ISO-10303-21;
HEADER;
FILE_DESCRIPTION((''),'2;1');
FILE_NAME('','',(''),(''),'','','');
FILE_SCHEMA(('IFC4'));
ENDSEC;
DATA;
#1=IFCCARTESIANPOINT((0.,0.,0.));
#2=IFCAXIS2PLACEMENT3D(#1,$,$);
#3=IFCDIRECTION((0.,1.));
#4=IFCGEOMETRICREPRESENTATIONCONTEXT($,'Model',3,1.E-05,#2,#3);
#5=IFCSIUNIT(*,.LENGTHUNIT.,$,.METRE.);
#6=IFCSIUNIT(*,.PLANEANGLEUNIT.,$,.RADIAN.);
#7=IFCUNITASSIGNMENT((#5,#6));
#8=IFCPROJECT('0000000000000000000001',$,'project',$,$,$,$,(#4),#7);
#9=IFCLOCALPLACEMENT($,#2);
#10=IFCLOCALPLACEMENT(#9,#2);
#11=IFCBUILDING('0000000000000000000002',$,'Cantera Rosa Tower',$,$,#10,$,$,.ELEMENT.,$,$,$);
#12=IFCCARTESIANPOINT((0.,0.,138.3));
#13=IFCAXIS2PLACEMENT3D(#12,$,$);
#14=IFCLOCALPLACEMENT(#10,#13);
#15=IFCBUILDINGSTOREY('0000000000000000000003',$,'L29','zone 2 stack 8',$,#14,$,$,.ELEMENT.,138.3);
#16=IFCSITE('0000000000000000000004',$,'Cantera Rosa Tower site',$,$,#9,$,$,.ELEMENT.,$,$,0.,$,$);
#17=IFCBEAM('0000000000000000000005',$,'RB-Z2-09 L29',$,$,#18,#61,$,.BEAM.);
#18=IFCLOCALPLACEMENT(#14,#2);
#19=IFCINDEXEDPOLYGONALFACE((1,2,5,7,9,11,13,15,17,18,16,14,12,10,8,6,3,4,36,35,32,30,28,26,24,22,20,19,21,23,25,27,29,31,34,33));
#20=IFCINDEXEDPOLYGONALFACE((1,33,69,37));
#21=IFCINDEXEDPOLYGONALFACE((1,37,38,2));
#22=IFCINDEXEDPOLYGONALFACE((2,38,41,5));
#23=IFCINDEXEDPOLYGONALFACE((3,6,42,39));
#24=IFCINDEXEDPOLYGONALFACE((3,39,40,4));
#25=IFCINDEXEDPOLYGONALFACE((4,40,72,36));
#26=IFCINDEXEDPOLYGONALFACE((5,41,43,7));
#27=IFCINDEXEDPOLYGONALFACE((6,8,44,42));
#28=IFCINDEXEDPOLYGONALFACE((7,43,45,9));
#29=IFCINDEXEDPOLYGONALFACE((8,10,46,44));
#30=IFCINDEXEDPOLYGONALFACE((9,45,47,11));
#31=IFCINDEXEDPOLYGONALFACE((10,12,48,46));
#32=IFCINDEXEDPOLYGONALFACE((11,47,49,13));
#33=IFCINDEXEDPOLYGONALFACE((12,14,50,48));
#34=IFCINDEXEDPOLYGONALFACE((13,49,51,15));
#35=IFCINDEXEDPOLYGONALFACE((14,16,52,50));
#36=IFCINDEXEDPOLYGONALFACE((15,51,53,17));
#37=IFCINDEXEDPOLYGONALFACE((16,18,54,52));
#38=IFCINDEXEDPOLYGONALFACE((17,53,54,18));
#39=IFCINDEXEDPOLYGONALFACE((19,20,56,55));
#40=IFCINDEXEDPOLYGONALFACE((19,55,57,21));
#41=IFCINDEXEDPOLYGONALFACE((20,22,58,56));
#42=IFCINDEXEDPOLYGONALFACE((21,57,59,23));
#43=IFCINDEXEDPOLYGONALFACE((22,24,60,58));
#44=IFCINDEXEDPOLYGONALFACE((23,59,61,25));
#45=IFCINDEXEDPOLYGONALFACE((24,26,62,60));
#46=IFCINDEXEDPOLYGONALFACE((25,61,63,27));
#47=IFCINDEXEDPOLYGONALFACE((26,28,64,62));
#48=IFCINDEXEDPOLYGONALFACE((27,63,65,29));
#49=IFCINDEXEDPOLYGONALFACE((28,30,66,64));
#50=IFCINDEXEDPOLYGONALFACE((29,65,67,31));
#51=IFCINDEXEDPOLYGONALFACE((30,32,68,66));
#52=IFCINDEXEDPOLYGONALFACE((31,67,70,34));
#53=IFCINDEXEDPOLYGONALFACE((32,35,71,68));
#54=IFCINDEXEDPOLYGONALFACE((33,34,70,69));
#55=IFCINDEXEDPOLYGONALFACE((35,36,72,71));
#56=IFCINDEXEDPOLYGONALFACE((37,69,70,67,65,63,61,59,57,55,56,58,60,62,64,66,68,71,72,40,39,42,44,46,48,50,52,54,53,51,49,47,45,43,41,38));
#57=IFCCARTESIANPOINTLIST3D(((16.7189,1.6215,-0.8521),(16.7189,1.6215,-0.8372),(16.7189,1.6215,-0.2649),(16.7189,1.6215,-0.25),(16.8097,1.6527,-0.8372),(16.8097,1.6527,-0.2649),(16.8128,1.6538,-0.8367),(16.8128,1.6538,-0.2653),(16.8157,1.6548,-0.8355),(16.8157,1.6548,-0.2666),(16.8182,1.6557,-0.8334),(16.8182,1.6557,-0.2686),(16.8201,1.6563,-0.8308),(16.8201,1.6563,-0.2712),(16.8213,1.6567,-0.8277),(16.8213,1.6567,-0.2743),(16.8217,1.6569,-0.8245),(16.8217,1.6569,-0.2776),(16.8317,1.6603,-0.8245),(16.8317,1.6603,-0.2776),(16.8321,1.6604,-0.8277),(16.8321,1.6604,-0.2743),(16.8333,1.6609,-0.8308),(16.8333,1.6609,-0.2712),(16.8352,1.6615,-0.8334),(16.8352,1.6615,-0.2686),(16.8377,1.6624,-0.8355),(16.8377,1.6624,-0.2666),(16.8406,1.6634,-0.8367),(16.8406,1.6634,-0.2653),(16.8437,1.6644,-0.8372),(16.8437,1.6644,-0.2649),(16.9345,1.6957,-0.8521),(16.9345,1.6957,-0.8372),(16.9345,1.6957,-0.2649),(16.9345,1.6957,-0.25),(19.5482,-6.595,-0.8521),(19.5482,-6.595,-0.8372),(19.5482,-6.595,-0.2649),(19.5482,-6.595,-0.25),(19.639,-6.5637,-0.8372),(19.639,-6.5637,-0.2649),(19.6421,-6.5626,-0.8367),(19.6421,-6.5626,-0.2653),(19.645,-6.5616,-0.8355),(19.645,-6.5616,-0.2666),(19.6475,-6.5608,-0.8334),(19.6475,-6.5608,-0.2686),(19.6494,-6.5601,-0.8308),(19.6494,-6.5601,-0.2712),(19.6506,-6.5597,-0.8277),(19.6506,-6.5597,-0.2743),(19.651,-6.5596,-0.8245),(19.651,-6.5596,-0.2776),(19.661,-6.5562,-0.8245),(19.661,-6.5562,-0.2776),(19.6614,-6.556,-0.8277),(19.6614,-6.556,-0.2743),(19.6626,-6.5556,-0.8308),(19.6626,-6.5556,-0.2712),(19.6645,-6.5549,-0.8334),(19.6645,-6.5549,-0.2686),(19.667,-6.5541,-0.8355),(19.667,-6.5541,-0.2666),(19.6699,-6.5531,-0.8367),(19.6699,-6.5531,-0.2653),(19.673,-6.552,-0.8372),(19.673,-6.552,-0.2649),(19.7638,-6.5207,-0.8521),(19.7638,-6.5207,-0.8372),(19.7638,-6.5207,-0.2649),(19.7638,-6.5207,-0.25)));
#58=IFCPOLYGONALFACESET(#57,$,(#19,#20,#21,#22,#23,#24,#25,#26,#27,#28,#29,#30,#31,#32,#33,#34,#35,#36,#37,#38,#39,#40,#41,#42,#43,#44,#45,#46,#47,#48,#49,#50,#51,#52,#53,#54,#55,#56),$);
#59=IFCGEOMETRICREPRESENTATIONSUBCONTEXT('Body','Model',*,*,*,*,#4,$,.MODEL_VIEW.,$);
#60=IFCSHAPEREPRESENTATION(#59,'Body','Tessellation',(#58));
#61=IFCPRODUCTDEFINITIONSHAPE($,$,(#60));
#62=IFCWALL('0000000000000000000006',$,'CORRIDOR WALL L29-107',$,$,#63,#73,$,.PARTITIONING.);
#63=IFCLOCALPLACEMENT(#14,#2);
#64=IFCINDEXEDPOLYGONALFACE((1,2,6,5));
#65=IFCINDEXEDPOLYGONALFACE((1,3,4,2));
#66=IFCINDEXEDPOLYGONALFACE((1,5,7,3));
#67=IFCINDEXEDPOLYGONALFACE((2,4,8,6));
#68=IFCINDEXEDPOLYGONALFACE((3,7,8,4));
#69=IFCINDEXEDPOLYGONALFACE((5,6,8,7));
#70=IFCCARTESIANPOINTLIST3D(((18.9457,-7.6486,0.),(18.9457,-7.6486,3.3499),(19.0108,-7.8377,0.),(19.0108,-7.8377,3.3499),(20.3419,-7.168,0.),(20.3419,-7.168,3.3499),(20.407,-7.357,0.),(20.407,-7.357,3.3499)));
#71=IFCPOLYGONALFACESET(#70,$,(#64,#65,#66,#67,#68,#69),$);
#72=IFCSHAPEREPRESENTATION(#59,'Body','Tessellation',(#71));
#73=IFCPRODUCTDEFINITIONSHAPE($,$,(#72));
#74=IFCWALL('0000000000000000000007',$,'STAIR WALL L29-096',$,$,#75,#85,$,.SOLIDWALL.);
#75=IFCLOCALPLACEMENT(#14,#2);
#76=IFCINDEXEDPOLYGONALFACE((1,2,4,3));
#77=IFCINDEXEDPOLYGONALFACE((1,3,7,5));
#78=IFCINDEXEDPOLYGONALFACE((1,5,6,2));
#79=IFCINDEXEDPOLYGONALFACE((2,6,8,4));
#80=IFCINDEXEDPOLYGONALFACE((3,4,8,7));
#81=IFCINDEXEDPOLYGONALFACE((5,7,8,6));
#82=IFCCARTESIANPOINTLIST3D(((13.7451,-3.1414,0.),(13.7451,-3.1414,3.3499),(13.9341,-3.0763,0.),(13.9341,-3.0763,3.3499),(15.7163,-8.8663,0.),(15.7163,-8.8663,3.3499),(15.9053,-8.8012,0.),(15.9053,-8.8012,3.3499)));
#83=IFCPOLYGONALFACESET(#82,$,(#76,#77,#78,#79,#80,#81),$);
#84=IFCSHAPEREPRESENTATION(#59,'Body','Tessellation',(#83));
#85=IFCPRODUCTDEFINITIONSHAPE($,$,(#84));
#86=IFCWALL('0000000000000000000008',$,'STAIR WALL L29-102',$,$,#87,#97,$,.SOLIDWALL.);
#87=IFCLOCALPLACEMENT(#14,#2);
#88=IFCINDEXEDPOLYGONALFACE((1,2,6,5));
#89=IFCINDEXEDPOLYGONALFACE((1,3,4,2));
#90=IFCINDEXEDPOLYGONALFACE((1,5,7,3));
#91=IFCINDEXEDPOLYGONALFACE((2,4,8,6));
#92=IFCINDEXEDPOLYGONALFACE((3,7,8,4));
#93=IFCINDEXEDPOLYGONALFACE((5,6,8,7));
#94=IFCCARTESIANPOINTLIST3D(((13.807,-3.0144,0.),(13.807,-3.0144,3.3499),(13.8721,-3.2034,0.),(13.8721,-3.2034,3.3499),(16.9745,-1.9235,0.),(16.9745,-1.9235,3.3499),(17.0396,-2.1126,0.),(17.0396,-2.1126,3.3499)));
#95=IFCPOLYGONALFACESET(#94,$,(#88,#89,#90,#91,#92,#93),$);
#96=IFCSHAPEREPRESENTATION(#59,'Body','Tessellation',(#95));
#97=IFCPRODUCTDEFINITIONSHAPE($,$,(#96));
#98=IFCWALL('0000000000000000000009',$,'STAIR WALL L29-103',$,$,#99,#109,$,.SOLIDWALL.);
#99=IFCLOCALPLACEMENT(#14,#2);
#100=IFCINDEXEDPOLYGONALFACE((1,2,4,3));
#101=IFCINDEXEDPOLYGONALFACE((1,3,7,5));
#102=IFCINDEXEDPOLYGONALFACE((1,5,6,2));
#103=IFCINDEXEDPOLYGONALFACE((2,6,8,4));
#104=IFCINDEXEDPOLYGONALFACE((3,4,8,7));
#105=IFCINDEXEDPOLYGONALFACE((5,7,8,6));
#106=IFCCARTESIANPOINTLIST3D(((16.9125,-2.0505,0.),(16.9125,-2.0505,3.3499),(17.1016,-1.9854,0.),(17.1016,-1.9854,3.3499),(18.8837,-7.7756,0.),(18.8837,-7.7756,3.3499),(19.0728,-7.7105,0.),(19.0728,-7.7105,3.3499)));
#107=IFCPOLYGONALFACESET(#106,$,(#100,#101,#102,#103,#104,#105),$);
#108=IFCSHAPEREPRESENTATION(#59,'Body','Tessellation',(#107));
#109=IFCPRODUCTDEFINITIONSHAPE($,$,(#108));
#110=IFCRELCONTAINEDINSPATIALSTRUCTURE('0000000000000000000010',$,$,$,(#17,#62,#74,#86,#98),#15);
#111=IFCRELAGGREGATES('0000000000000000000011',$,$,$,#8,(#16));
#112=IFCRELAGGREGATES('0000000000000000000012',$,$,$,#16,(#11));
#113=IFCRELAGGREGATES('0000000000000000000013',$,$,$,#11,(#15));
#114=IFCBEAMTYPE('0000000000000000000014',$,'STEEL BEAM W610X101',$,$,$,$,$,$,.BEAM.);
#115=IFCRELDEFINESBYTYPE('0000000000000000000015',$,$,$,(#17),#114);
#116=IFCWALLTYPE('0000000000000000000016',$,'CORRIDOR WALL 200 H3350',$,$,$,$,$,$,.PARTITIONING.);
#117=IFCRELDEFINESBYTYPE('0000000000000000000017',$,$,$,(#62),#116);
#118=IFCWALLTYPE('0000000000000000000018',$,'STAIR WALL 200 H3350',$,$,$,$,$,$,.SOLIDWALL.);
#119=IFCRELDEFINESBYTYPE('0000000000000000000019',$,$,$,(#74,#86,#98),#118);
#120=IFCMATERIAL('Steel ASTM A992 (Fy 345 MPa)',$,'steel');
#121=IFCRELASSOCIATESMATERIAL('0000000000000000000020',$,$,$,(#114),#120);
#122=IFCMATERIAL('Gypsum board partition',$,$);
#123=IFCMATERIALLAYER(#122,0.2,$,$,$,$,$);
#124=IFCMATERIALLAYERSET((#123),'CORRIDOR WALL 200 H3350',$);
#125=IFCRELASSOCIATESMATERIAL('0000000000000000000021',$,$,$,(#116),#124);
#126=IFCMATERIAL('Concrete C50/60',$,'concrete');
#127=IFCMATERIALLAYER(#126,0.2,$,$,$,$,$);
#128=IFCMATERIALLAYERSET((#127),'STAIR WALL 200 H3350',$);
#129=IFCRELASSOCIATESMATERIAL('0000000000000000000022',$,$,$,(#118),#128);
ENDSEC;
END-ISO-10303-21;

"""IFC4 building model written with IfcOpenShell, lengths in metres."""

from ifc_helpers import new_model, si_unit, direction, frame, frame_2d, origin, origin_2d, place, context, subcontext, project, spatial, rectangle, i_section, extrude, material, layer, layer_set, material_profile, profile_set, type_object, element, save


model = new_model("IFC4")

# Units and contexts
model_context = context("Model", 3, precision=1e-05, world=origin(), true_north=direction((0.0, 1.0)))
body_context = subcontext(model_context, "Body", "Model", "MODEL_VIEW")
ifc_project = project(units=[si_unit("LENGTHUNIT", "METRE"), si_unit("PLANEANGLEUNIT", "RADIAN")], contexts=[model_context])

# Site, building, storey
site_placement = place(None, origin())
site = spatial("IfcSite", under=ifc_project, at=site_placement, Name="Cantera Rosa Tower site", CompositionType="ELEMENT", RefElevation=0.0)
building_placement = place(site_placement, origin())
building = spatial("IfcBuilding", under=site, at=building_placement, Name="Cantera Rosa Tower", CompositionType="ELEMENT")
storey_placement = place(building_placement, frame((0.0, 0.0, 138.3)))
storey = spatial("IfcBuildingStorey", under=building, at=storey_placement, Name="L29", Description="zone 2 stack 8", CompositionType="ELEMENT", Elevation=138.3)

# Beam
ifc_material_1 = material(Name="Steel ASTM A992 (Fy 345 MPa)", Category="steel")
ifc_material_profile = material_profile(ifc_material_1, i_section(OverallWidth=0.228, OverallDepth=0.6021, WebThickness=0.0105, FlangeThickness=0.0149, FilletRadius=0.0127, at=origin_2d()), Name="W610X101")
ifc_profile_set = profile_set([ifc_material_profile], Name="Steel ASTM A992 (Fy 345 MPa)")
beam_type = type_object("IfcBeamType", Name="STEEL BEAM W610X101", PredefinedType="BEAM", material=ifc_profile_set)
beam_placement = place(storey_placement, frame((19.656, -6.5579, -0.551), z_axis=(-0.325585, 0.945513, 0.0), x_axis=(-0.945513, -0.325585, 0.0)))
element("IfcBeam", 1, at=beam_placement, inside=storey, type_object=beam_type, Name="RB-Z2-09 L29", PredefinedType="BEAM", context=body_context, shape_type="SweptSolid", body=[
    extrude(i_section(OverallWidth=0.228, OverallDepth=0.6021, WebThickness=0.0105, FlangeThickness=0.0149, FilletRadius=0.0127, at=origin_2d()), origin(), (0.0, 0.0, 1.0), 8.6899),
])

# Walls
ifc_material_2 = material(Name="Gypsum board partition")
ifc_layer_1 = layer(ifc_material_2, 0.2)
ifc_layer_set_1 = layer_set([ifc_layer_1], Name="CORRIDOR WALL 200 H3350")
wall_type_1 = type_object("IfcWallType", Name="CORRIDOR WALL 200 H3350", PredefinedType="PARTITIONING", material=ifc_layer_set_1)
wall_1_placement = place(storey_placement, frame((18.9783, -7.7432, 0.0), z_axis=(0.0, 0.0, 1.0), x_axis=(0.945529, 0.325537, 0.0)))
element("IfcWall", 2, at=wall_1_placement, inside=storey, type_object=wall_type_1, Name="CORRIDOR WALL L29-107", PredefinedType="PARTITIONING", context=body_context, shape_type="SweptSolid", body=[
    extrude(rectangle(XDim=1.4766, YDim=0.2, at=frame_2d((0.7383, 0.0))), origin(), (0.0, 0.0, 1.0), 3.3499),
])
ifc_material_3 = material(Name="Concrete C50/60", Category="concrete")
ifc_layer_2 = layer(ifc_material_3, 0.2)
ifc_layer_set_2 = layer_set([ifc_layer_2], Name="STAIR WALL 200 H3350")
wall_type_2 = type_object("IfcWallType", Name="STAIR WALL 200 H3350", PredefinedType="SOLIDWALL", material=ifc_layer_set_2)
wall_2_placement = place(storey_placement, frame((13.8396, -3.1089, 0.0), z_axis=(0.0, 0.0, 1.0), x_axis=(0.325563, -0.94552, 0.0)))
element("IfcWall", 3, at=wall_2_placement, inside=storey, type_object=wall_type_2, Name="STAIR WALL L29-096", PredefinedType="SOLIDWALL", context=body_context, shape_type="SweptSolid", body=[
    extrude(rectangle(XDim=6.0547, YDim=0.2, at=frame_2d((3.0273, 0.0))), origin(), (0.0, 0.0, 1.0), 3.3499),
])
wall_3_placement = place(storey_placement, frame((17.0071, -2.0181, 0.0), z_axis=(0.0, 0.0, 1.0), x_axis=(-0.945503, -0.325613, 0.0)))
element("IfcWall", 4, at=wall_3_placement, inside=storey, type_object=wall_type_2, Name="STAIR WALL L29-102", PredefinedType="SOLIDWALL", context=body_context, shape_type="SweptSolid", body=[
    extrude(rectangle(XDim=3.3501, YDim=0.2, at=frame_2d((1.675, 0.0))), origin(), (0.0, 0.0, 1.0), 3.3499),
])
wall_4_placement = place(storey_placement, frame((17.0071, -2.0181, 0.0), z_axis=(0.0, 0.0, 1.0), x_axis=(0.325551, -0.945525, 0.0)))
element("IfcWall", 5, at=wall_4_placement, inside=storey, type_object=wall_type_2, Name="STAIR WALL L29-103", PredefinedType="SOLIDWALL", context=body_context, shape_type="SweptSolid", body=[
    extrude(rectangle(XDim=6.0549, YDim=0.2, at=frame_2d((3.0273, 0.0))), origin(), (0.0, 0.0, 1.0), 3.3499),
])

save(model, "model.ifc")
